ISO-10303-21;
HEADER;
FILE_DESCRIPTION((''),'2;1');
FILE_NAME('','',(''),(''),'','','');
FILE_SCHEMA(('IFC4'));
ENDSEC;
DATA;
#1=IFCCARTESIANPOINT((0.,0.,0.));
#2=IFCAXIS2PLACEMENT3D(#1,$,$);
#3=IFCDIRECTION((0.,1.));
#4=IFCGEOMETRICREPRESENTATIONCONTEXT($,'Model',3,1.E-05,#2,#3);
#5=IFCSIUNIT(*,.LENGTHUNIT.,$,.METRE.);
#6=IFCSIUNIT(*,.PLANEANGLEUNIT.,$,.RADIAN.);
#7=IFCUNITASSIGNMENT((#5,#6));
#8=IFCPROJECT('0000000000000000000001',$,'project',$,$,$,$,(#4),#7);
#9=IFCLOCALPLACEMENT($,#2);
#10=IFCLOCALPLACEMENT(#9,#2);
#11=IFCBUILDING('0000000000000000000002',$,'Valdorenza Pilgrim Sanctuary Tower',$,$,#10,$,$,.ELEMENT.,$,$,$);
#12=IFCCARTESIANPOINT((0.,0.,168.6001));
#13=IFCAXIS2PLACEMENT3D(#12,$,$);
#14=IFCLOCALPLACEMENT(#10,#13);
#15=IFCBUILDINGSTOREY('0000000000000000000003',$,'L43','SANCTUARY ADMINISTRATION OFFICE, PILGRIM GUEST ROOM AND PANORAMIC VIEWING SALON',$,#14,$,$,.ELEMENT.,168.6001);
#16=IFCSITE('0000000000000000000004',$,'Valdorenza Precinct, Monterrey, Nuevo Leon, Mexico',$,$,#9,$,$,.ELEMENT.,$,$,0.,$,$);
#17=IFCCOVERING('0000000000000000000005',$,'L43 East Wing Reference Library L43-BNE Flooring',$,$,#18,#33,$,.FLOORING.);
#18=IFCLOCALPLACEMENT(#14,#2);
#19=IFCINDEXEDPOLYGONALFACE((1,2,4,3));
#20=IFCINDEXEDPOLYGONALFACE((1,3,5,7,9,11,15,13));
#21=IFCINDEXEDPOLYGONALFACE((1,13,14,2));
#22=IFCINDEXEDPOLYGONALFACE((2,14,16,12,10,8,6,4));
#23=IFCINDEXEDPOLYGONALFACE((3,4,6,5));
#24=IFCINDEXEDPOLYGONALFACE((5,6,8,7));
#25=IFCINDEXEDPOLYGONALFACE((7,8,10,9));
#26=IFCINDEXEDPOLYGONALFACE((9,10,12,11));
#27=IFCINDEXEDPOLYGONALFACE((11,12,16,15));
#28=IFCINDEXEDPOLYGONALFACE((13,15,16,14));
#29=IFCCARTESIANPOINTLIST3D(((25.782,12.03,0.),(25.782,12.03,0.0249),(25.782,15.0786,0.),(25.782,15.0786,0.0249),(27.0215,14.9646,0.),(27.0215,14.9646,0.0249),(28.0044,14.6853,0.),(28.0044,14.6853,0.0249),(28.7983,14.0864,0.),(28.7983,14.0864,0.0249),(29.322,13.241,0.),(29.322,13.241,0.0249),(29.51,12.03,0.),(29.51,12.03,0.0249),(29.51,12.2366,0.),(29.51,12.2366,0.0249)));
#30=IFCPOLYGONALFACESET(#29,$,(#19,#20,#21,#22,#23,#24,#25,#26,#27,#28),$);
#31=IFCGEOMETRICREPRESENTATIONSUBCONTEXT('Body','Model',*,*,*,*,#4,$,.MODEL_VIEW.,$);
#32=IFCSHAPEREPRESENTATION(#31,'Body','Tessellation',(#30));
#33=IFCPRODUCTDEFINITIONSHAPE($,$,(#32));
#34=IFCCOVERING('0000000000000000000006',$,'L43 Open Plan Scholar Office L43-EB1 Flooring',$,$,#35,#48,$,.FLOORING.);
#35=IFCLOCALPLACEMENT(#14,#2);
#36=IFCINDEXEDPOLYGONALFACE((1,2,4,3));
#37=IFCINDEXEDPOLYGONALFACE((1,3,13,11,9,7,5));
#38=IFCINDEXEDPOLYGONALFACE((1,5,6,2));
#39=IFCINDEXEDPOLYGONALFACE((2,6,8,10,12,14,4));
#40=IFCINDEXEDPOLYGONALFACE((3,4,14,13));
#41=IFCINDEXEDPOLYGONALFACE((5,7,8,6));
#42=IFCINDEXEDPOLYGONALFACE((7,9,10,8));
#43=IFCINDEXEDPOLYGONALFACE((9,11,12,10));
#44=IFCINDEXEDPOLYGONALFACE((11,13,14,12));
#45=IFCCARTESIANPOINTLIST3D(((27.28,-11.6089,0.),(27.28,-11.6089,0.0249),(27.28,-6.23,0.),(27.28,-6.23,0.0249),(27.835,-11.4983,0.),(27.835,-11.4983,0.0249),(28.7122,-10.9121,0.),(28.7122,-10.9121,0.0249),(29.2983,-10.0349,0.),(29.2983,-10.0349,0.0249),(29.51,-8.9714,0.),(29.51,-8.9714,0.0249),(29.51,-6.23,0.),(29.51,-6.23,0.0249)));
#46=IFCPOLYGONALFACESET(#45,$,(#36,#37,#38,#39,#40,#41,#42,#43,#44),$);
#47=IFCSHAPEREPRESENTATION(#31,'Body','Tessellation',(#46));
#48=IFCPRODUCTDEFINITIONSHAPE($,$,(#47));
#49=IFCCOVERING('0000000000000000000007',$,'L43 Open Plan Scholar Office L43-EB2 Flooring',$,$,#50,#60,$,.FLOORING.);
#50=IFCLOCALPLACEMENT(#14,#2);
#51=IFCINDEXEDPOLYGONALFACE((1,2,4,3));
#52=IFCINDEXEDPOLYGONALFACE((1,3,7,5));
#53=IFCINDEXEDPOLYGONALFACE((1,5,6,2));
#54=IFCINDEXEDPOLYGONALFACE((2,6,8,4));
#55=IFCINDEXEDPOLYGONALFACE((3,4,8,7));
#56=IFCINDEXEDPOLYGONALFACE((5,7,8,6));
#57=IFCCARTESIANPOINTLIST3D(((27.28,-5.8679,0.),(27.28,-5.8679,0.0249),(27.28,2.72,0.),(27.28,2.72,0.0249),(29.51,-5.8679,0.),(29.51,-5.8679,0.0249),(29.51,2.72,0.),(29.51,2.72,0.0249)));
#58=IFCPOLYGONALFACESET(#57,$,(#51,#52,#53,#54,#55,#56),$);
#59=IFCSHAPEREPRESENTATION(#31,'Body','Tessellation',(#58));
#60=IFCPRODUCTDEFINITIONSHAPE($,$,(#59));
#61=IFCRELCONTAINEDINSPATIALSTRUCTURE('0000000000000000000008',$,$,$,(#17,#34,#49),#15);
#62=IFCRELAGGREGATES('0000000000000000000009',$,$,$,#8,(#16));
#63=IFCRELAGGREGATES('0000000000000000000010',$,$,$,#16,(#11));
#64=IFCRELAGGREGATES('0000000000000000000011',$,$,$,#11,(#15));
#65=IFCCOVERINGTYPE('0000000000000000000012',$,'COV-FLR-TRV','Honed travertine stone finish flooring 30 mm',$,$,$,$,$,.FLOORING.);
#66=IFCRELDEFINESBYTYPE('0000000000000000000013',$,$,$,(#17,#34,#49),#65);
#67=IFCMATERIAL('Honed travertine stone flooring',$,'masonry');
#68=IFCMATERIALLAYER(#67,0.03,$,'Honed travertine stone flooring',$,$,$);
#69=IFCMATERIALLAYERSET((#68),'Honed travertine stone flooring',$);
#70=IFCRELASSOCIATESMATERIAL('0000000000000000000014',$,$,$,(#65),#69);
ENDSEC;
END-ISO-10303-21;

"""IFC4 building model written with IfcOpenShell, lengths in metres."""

from ifc_helpers import new_model, si_unit, direction, frame, origin, place, context, subcontext, project, spatial, polyline, outline, extrude, material, layer, layer_set, type_object, element, save


model = new_model("IFC4")

# Units and contexts
model_context = context("Model", 3, precision=1e-05, world=origin(), true_north=direction((0.0, 1.0)))
body_context = subcontext(model_context, "Body", "Model", "MODEL_VIEW")
ifc_project = project(units=[si_unit("LENGTHUNIT", "METRE"), si_unit("PLANEANGLEUNIT", "RADIAN")], contexts=[model_context])

# Site, building, storey
site_placement = place(None, origin())
site = spatial("IfcSite", under=ifc_project, at=site_placement, Name="Valdorenza Precinct, Monterrey, Nuevo Leon, Mexico", CompositionType="ELEMENT", RefElevation=0.0)
building_placement = place(site_placement, origin())
building = spatial("IfcBuilding", under=site, at=building_placement, Name="Valdorenza Pilgrim Sanctuary Tower", CompositionType="ELEMENT")
storey_placement = place(building_placement, frame((0.0, 0.0, 168.6001)))
storey = spatial("IfcBuildingStorey", under=building, at=storey_placement, Name="L43", Description="SANCTUARY ADMINISTRATION OFFICE, PILGRIM GUEST ROOM AND PANORAMIC VIEWING SALON", CompositionType="ELEMENT", Elevation=168.6001)

# Coverings
ifc_material_1 = material(Name="Honed travertine stone flooring", Category="masonry")
ifc_layer_1 = layer(ifc_material_1, 0.03, Name="Honed travertine stone flooring")
ifc_layer_set_1 = layer_set([ifc_layer_1], Name="Honed travertine stone flooring")
covering_type = type_object("IfcCoveringType", Name="COV-FLR-TRV", Description="Honed travertine stone finish flooring 30 mm", PredefinedType="FLOORING", material=ifc_layer_set_1)
covering_1_placement = place(storey_placement, origin())
element("IfcCovering", 1, at=covering_1_placement, inside=storey, type_object=covering_type, Name="L43 East Wing Reference Library L43-BNE Flooring", PredefinedType="FLOORING", context=body_context, shape_type="SweptSolid", body=[
    extrude(outline(polyline([(27.0215, 14.9646), (28.0044, 14.6853), (28.7983, 14.0864), (29.322, 13.241), (29.51, 12.2366), (29.51, 12.03), (25.782, 12.03), (25.782, 15.0786), (27.0215, 14.9646)])), origin(), (0.0, 0.0, 1.0), 0.0249),
])
covering_2_placement = place(storey_placement, origin())
element("IfcCovering", 2, at=covering_2_placement, inside=storey, type_object=covering_type, Name="L43 Open Plan Scholar Office L43-EB1 Flooring", PredefinedType="FLOORING", context=body_context, shape_type="SweptSolid", body=[
    extrude(outline(polyline([(29.51, -6.23), (29.51, -8.9714), (29.2983, -10.0349), (28.7122, -10.9121), (27.835, -11.4983), (27.28, -11.6089), (27.28, -6.23), (29.51, -6.23)])), origin(), (0.0, 0.0, 1.0), 0.0249),
])
covering_3_placement = place(storey_placement, origin())
element("IfcCovering", 3, at=covering_3_placement, inside=storey, type_object=covering_type, Name="L43 Open Plan Scholar Office L43-EB2 Flooring", PredefinedType="FLOORING", context=body_context, shape_type="SweptSolid", body=[
    extrude(outline(polyline([(27.28, 2.72), (29.51, 2.72), (29.51, -5.8679), (27.28, -5.8679), (27.28, 2.72)])), origin(), (0.0, 0.0, 1.0), 0.0249),
])

save(model, "model.ifc")
